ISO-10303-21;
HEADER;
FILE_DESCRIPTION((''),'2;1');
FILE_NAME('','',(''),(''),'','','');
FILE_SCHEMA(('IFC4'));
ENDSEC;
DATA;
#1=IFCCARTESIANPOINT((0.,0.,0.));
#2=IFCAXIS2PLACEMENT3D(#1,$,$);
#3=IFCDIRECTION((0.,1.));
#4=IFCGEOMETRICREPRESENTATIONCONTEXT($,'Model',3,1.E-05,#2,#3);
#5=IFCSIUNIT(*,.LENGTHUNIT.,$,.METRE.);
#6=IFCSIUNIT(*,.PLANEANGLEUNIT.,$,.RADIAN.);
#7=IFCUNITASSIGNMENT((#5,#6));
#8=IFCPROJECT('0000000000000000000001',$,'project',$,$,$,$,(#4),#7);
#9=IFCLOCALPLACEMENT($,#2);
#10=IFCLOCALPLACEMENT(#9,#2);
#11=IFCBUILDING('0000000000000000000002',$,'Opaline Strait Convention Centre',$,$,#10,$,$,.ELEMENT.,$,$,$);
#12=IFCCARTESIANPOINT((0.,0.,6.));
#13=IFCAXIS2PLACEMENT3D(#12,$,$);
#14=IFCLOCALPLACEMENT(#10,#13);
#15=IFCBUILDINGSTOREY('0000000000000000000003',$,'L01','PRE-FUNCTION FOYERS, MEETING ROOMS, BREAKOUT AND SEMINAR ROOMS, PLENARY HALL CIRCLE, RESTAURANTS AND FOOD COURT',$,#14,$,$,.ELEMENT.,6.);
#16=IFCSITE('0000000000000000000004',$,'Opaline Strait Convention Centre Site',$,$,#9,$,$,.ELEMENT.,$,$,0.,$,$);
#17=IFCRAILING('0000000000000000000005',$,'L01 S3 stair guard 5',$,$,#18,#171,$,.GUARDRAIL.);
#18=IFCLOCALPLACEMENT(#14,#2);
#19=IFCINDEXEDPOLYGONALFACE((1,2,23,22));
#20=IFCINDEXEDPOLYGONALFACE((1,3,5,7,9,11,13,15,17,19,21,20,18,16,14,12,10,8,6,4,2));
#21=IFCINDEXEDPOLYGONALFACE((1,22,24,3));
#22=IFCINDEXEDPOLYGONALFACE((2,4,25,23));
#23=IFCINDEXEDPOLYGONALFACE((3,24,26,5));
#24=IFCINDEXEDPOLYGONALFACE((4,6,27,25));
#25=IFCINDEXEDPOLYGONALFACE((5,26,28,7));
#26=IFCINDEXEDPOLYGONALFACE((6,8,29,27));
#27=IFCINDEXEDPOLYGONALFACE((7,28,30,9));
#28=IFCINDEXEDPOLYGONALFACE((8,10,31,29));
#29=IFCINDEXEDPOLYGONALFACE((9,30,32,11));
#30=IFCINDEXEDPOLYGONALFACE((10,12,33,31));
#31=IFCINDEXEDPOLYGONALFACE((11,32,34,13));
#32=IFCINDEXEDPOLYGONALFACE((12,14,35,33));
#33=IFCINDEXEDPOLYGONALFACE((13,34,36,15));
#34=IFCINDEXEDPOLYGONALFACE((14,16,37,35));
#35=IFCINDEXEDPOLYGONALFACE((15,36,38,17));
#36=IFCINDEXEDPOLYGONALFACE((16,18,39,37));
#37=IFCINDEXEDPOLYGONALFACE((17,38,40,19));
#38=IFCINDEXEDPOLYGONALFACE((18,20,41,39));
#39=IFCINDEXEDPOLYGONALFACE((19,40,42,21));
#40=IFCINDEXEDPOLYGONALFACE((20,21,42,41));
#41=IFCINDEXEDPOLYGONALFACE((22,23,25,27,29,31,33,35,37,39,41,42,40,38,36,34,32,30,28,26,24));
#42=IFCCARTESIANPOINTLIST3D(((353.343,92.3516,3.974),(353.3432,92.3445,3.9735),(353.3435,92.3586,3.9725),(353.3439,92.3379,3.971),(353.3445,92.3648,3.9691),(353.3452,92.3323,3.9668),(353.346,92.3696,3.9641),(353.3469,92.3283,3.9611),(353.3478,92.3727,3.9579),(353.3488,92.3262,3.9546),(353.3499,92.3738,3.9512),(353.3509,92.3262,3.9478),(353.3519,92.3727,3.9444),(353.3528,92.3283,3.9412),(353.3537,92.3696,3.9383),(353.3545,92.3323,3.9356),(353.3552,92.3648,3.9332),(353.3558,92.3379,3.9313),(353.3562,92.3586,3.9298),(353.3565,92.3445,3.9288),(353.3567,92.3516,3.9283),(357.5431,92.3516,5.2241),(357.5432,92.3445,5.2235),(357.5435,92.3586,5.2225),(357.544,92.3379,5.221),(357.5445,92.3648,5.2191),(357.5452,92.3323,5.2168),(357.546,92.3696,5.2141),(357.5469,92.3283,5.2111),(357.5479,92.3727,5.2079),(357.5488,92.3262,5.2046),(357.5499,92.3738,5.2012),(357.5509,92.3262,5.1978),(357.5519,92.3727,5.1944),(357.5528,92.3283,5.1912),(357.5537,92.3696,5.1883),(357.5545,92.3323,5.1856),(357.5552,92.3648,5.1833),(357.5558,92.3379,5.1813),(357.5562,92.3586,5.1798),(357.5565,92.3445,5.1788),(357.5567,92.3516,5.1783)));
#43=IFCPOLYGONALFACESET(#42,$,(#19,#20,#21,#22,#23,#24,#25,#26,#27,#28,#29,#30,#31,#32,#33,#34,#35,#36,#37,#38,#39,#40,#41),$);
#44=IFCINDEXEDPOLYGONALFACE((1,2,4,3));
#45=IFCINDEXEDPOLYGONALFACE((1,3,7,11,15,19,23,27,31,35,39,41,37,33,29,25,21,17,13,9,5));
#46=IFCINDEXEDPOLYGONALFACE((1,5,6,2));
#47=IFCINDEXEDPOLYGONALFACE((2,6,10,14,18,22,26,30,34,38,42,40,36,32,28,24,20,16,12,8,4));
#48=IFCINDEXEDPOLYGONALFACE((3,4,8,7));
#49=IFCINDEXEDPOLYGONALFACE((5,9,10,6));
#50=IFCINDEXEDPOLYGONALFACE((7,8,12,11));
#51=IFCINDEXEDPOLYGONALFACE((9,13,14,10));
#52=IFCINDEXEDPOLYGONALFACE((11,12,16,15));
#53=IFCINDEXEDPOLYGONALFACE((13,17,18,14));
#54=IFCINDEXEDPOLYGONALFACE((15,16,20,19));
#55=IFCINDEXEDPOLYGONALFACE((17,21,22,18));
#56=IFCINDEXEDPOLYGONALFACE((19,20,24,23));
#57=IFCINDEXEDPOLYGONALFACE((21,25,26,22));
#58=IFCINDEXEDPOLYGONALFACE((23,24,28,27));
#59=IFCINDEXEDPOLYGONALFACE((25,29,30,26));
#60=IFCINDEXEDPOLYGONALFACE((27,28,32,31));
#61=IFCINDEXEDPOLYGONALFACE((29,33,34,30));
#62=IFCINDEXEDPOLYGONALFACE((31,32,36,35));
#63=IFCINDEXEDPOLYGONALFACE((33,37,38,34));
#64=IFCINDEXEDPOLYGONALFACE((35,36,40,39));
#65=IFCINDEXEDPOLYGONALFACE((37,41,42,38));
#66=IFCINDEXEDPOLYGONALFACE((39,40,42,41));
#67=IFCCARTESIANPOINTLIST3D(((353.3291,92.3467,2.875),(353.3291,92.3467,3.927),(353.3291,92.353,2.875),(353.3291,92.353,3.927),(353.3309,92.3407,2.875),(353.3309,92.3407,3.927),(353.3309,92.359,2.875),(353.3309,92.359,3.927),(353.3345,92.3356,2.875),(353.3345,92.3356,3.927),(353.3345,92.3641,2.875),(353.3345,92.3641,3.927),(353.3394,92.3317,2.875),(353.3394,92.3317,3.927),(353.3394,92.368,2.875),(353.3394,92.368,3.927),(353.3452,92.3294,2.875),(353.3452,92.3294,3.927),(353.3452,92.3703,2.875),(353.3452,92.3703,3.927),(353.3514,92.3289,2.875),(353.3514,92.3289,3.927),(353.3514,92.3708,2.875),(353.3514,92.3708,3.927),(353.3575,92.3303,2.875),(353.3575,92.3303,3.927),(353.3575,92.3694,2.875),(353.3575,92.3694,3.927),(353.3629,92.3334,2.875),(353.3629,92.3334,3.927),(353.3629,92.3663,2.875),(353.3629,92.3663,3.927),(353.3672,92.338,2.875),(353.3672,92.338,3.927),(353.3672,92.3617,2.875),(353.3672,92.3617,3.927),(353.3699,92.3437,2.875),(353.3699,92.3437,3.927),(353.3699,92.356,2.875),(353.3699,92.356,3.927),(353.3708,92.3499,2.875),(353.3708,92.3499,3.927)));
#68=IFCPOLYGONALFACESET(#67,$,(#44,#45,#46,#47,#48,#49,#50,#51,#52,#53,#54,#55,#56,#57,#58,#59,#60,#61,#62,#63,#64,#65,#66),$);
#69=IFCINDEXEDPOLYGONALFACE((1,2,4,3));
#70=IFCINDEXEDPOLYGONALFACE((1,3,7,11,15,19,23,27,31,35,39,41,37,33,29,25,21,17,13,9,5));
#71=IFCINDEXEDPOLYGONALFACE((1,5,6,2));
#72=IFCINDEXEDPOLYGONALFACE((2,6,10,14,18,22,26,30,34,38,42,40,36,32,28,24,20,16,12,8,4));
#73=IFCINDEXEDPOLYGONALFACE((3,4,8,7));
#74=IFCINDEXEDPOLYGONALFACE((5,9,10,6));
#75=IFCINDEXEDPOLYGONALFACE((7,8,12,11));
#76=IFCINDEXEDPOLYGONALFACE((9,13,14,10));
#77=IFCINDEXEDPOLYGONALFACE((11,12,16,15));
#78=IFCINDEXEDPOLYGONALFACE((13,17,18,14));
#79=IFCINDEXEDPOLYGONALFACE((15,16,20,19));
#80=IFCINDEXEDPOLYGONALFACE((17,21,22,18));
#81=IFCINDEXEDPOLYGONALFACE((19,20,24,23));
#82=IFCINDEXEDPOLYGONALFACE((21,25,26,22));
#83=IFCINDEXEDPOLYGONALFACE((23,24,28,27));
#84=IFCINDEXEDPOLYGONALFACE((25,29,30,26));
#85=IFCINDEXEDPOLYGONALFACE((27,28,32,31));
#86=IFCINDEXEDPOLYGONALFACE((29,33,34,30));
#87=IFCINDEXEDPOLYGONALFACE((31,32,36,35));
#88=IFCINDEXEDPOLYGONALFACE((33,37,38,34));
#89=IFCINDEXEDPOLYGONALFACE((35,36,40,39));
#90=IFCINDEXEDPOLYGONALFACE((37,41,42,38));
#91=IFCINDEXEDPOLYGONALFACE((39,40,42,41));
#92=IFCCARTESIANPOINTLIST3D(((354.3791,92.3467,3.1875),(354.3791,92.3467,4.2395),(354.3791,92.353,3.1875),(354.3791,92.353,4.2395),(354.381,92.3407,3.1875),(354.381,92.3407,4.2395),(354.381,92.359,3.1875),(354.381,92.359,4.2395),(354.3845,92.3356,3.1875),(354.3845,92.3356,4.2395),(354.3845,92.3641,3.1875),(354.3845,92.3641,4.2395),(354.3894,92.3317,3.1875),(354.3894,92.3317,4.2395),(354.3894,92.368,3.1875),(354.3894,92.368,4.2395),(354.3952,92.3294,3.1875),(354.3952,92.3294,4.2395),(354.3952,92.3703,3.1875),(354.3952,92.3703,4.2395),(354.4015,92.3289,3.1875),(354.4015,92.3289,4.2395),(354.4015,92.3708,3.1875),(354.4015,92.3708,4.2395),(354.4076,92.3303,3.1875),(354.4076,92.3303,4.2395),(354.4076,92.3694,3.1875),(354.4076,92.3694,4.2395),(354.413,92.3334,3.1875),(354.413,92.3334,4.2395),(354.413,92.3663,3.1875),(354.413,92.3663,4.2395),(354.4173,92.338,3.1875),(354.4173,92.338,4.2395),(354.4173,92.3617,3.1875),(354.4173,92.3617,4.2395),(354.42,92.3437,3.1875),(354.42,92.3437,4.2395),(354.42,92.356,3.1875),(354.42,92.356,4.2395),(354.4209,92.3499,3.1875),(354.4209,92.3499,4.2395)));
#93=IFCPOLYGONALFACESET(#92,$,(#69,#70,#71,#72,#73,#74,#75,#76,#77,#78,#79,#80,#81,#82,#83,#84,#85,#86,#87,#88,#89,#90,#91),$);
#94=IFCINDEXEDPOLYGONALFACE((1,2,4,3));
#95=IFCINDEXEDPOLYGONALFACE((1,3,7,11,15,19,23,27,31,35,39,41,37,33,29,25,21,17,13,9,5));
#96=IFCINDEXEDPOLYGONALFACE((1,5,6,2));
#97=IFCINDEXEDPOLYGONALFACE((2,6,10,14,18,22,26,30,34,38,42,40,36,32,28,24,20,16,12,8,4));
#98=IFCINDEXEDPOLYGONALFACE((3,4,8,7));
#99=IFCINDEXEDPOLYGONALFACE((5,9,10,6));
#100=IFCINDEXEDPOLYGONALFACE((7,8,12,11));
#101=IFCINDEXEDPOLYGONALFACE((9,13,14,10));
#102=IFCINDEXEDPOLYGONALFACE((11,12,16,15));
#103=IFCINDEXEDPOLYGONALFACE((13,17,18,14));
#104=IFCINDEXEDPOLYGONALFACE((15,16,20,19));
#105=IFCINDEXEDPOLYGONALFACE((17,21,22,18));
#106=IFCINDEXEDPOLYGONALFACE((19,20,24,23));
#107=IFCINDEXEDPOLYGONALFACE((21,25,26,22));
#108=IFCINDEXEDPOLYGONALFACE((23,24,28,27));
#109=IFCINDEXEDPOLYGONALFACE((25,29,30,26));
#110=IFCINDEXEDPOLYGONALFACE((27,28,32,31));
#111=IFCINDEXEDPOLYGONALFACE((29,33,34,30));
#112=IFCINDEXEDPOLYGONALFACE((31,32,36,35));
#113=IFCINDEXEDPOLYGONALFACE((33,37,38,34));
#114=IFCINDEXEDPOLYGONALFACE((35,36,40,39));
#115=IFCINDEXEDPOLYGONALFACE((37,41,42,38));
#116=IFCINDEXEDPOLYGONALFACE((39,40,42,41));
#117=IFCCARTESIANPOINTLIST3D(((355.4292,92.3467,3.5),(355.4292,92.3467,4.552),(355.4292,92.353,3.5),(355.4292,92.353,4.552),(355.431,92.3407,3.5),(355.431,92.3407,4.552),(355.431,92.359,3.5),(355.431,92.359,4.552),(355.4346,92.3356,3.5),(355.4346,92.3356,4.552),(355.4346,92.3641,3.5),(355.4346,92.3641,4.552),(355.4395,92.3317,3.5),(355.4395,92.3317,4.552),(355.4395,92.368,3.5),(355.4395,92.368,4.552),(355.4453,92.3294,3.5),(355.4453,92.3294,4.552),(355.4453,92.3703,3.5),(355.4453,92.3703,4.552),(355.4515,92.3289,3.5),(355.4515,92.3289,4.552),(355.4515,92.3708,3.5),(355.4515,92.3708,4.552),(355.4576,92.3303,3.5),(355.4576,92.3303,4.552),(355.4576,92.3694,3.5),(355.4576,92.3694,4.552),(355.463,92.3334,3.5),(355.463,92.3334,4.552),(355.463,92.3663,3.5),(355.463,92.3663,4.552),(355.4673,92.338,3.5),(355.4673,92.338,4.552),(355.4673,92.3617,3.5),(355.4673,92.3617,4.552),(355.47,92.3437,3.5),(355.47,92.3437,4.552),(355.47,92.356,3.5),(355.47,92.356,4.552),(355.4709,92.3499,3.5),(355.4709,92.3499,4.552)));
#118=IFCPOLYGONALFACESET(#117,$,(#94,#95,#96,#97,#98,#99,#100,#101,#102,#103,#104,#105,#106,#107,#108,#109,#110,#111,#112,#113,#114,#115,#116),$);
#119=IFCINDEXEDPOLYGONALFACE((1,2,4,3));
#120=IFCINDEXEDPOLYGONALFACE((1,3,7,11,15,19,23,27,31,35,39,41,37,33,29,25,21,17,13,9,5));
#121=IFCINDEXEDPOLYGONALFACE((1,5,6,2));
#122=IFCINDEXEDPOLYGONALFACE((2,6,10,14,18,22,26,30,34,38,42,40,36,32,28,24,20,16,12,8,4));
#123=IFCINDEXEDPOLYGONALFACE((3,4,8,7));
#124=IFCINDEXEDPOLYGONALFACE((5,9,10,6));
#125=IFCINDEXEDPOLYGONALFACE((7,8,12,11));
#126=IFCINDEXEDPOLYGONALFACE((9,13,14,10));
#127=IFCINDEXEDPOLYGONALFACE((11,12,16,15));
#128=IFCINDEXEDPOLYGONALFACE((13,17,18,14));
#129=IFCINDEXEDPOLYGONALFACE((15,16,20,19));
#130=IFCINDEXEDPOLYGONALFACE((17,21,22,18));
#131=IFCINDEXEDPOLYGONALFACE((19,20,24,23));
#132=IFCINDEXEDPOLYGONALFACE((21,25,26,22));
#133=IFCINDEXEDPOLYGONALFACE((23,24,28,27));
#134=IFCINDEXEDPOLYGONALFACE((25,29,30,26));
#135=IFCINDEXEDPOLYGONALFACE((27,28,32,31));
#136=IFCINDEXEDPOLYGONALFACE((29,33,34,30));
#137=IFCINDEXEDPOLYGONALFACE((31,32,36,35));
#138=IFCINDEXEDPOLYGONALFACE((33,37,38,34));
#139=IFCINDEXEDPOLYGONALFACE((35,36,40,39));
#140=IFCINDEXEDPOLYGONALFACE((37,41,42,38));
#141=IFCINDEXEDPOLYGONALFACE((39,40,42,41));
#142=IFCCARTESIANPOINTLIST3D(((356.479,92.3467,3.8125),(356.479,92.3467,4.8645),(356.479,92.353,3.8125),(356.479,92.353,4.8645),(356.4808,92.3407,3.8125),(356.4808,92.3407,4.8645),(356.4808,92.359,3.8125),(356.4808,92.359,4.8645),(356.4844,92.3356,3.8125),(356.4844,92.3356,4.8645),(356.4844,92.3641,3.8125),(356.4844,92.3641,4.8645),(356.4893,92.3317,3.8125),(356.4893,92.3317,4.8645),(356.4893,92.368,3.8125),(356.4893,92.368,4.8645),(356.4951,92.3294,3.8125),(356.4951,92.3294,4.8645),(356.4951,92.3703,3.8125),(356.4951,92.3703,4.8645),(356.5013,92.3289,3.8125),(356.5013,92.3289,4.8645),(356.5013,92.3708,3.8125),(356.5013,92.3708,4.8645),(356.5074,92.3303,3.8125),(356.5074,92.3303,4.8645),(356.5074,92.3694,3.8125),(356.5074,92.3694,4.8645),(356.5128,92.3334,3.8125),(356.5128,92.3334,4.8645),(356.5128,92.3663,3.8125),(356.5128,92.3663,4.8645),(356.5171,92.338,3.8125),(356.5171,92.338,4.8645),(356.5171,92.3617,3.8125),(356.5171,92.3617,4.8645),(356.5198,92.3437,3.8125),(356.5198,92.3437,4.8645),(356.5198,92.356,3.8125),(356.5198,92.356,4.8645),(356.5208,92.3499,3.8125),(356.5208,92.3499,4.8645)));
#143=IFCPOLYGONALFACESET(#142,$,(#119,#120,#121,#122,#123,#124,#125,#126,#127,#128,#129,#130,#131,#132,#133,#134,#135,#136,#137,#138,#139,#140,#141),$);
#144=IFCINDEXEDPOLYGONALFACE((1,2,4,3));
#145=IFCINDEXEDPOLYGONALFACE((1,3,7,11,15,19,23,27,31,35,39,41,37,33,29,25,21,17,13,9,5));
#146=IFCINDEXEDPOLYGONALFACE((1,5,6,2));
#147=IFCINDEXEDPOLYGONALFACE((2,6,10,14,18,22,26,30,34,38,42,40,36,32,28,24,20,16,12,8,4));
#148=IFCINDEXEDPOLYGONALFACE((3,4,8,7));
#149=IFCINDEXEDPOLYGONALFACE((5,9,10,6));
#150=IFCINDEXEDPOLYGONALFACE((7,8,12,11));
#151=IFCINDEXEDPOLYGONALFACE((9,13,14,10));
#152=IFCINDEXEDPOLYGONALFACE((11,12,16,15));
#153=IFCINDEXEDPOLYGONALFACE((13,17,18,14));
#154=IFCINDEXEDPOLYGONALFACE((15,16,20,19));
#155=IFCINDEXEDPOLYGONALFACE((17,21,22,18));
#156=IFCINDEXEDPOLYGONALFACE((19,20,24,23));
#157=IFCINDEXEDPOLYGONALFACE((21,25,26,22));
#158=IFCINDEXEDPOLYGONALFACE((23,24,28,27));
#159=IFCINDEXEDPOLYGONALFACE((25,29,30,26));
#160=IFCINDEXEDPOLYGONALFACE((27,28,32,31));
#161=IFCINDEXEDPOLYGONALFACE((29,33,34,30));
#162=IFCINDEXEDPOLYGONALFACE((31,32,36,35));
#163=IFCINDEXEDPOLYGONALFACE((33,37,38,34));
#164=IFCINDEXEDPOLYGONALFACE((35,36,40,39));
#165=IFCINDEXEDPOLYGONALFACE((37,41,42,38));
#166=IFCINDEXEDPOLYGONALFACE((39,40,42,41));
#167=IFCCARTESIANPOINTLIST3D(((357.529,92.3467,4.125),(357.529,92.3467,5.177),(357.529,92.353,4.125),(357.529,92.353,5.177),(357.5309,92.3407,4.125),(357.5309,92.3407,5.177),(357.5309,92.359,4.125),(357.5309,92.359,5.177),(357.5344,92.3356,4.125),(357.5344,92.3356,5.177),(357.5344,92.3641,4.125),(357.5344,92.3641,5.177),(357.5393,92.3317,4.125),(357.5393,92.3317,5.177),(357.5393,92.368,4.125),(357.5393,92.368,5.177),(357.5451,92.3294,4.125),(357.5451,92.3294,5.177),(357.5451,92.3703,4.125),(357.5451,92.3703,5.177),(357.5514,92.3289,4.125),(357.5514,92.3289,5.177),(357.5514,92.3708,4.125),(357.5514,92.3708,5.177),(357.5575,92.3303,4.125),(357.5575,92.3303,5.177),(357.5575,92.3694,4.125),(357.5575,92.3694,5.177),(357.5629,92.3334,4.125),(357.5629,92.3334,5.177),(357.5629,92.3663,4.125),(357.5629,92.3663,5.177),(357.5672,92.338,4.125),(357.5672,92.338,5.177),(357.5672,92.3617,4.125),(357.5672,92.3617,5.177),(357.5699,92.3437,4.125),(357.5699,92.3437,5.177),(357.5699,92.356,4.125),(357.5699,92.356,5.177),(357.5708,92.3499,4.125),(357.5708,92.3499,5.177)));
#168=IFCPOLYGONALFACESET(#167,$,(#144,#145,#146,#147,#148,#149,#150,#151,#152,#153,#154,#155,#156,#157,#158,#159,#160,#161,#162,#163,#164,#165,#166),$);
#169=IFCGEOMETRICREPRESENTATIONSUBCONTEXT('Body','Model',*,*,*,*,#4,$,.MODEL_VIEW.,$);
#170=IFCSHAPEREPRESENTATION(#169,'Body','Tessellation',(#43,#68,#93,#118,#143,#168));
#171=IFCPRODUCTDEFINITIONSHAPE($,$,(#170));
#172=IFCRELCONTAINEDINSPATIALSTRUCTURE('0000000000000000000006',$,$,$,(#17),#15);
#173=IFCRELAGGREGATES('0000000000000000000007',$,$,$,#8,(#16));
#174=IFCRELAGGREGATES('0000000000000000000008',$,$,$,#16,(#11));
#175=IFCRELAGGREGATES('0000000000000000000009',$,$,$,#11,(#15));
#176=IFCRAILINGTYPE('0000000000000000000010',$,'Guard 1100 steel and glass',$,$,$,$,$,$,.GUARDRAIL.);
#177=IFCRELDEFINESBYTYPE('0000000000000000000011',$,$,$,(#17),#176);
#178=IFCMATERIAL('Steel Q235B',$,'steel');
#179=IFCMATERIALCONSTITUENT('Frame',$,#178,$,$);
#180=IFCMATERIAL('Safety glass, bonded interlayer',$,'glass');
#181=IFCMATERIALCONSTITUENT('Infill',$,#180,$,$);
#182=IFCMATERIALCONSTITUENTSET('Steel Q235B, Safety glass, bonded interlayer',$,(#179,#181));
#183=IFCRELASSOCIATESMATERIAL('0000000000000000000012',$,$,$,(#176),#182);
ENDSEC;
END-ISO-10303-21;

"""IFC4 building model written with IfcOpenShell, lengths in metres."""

from ifc_helpers import new_model, si_unit, direction, frame, origin, origin_2d, place, context, subcontext, project, spatial, circle, extrude, material, constituent, constituent_set, type_object, element, save


model = new_model("IFC4")

# Units and contexts
model_context = context("Model", 3, precision=1e-05, world=origin(), true_north=direction((0.0, 1.0)))
body_context = subcontext(model_context, "Body", "Model", "MODEL_VIEW")
ifc_project = project(units=[si_unit("LENGTHUNIT", "METRE"), si_unit("PLANEANGLEUNIT", "RADIAN")], contexts=[model_context])

# Site, building, storey
site_placement = place(None, origin())
site = spatial("IfcSite", under=ifc_project, at=site_placement, Name="Opaline Strait Convention Centre Site", CompositionType="ELEMENT", RefElevation=0.0)
building_placement = place(site_placement, origin())
building = spatial("IfcBuilding", under=site, at=building_placement, Name="Opaline Strait Convention Centre", CompositionType="ELEMENT")
storey_placement = place(building_placement, frame((0.0, 0.0, 6.0)))
storey = spatial("IfcBuildingStorey", under=building, at=storey_placement, Name="L01", Description="PRE-FUNCTION FOYERS, MEETING ROOMS, BREAKOUT AND SEMINAR ROOMS, PLENARY HALL CIRCLE, RESTAURANTS AND FOOD COURT", CompositionType="ELEMENT", Elevation=6.0)

# Shared definitions
ifc_material_1 = material(Name="Steel Q235B", Category="steel")

# Railing
ifc_constituent_1 = constituent(ifc_material_1, Name="Frame")
ifc_material_2 = material(Name="Safety glass, bonded interlayer", Category="glass")
ifc_constituent_2 = constituent(ifc_material_2, Name="Infill")
ifc_constituent_set = constituent_set(constituents=[ifc_constituent_1, ifc_constituent_2], Name="Steel Q235B, Safety glass, bonded interlayer")
railing_type = type_object("IfcRailingType", Name="Guard 1100 steel and glass", PredefinedType="GUARDRAIL", material=ifc_constituent_set)
railing_1_placement = place(storey_placement, frame((353.3499, 92.3499, 2.875)))
element("IfcRailing", 1, at=railing_1_placement, inside=storey, type_object=railing_type, Name="L01 S3 stair guard 5", PredefinedType="GUARDRAIL", context=body_context, shape_type="SweptSolid", body=[
    extrude(circle(Radius=0.0239, at=origin_2d()), frame((0.0, 0.0, 1.0762), z_axis=(0.958451, 0.0, 0.285257), x_axis=(0.0, 1.0, 0.0)), (0.0, 0.0, 1.0), 4.3821),
    extrude(circle(Radius=0.021, at=origin_2d()), origin(), (0.0, 0.0, 1.0), 1.052),
    extrude(circle(Radius=0.021, at=origin_2d()), frame((1.05, 0.0, 0.3125)), (0.0, 0.0, 1.0), 1.052),
    extrude(circle(Radius=0.021, at=origin_2d()), frame((2.1001, 0.0, 0.625)), (0.0, 0.0, 1.0), 1.052),
    extrude(circle(Radius=0.021, at=origin_2d()), frame((3.1499, 0.0, 0.9375)), (0.0, 0.0, 1.0), 1.052),
    extrude(circle(Radius=0.021, at=origin_2d()), frame((4.2, 0.0, 1.25)), (0.0, 0.0, 1.0), 1.052),
])

save(model, "model.ifc")
